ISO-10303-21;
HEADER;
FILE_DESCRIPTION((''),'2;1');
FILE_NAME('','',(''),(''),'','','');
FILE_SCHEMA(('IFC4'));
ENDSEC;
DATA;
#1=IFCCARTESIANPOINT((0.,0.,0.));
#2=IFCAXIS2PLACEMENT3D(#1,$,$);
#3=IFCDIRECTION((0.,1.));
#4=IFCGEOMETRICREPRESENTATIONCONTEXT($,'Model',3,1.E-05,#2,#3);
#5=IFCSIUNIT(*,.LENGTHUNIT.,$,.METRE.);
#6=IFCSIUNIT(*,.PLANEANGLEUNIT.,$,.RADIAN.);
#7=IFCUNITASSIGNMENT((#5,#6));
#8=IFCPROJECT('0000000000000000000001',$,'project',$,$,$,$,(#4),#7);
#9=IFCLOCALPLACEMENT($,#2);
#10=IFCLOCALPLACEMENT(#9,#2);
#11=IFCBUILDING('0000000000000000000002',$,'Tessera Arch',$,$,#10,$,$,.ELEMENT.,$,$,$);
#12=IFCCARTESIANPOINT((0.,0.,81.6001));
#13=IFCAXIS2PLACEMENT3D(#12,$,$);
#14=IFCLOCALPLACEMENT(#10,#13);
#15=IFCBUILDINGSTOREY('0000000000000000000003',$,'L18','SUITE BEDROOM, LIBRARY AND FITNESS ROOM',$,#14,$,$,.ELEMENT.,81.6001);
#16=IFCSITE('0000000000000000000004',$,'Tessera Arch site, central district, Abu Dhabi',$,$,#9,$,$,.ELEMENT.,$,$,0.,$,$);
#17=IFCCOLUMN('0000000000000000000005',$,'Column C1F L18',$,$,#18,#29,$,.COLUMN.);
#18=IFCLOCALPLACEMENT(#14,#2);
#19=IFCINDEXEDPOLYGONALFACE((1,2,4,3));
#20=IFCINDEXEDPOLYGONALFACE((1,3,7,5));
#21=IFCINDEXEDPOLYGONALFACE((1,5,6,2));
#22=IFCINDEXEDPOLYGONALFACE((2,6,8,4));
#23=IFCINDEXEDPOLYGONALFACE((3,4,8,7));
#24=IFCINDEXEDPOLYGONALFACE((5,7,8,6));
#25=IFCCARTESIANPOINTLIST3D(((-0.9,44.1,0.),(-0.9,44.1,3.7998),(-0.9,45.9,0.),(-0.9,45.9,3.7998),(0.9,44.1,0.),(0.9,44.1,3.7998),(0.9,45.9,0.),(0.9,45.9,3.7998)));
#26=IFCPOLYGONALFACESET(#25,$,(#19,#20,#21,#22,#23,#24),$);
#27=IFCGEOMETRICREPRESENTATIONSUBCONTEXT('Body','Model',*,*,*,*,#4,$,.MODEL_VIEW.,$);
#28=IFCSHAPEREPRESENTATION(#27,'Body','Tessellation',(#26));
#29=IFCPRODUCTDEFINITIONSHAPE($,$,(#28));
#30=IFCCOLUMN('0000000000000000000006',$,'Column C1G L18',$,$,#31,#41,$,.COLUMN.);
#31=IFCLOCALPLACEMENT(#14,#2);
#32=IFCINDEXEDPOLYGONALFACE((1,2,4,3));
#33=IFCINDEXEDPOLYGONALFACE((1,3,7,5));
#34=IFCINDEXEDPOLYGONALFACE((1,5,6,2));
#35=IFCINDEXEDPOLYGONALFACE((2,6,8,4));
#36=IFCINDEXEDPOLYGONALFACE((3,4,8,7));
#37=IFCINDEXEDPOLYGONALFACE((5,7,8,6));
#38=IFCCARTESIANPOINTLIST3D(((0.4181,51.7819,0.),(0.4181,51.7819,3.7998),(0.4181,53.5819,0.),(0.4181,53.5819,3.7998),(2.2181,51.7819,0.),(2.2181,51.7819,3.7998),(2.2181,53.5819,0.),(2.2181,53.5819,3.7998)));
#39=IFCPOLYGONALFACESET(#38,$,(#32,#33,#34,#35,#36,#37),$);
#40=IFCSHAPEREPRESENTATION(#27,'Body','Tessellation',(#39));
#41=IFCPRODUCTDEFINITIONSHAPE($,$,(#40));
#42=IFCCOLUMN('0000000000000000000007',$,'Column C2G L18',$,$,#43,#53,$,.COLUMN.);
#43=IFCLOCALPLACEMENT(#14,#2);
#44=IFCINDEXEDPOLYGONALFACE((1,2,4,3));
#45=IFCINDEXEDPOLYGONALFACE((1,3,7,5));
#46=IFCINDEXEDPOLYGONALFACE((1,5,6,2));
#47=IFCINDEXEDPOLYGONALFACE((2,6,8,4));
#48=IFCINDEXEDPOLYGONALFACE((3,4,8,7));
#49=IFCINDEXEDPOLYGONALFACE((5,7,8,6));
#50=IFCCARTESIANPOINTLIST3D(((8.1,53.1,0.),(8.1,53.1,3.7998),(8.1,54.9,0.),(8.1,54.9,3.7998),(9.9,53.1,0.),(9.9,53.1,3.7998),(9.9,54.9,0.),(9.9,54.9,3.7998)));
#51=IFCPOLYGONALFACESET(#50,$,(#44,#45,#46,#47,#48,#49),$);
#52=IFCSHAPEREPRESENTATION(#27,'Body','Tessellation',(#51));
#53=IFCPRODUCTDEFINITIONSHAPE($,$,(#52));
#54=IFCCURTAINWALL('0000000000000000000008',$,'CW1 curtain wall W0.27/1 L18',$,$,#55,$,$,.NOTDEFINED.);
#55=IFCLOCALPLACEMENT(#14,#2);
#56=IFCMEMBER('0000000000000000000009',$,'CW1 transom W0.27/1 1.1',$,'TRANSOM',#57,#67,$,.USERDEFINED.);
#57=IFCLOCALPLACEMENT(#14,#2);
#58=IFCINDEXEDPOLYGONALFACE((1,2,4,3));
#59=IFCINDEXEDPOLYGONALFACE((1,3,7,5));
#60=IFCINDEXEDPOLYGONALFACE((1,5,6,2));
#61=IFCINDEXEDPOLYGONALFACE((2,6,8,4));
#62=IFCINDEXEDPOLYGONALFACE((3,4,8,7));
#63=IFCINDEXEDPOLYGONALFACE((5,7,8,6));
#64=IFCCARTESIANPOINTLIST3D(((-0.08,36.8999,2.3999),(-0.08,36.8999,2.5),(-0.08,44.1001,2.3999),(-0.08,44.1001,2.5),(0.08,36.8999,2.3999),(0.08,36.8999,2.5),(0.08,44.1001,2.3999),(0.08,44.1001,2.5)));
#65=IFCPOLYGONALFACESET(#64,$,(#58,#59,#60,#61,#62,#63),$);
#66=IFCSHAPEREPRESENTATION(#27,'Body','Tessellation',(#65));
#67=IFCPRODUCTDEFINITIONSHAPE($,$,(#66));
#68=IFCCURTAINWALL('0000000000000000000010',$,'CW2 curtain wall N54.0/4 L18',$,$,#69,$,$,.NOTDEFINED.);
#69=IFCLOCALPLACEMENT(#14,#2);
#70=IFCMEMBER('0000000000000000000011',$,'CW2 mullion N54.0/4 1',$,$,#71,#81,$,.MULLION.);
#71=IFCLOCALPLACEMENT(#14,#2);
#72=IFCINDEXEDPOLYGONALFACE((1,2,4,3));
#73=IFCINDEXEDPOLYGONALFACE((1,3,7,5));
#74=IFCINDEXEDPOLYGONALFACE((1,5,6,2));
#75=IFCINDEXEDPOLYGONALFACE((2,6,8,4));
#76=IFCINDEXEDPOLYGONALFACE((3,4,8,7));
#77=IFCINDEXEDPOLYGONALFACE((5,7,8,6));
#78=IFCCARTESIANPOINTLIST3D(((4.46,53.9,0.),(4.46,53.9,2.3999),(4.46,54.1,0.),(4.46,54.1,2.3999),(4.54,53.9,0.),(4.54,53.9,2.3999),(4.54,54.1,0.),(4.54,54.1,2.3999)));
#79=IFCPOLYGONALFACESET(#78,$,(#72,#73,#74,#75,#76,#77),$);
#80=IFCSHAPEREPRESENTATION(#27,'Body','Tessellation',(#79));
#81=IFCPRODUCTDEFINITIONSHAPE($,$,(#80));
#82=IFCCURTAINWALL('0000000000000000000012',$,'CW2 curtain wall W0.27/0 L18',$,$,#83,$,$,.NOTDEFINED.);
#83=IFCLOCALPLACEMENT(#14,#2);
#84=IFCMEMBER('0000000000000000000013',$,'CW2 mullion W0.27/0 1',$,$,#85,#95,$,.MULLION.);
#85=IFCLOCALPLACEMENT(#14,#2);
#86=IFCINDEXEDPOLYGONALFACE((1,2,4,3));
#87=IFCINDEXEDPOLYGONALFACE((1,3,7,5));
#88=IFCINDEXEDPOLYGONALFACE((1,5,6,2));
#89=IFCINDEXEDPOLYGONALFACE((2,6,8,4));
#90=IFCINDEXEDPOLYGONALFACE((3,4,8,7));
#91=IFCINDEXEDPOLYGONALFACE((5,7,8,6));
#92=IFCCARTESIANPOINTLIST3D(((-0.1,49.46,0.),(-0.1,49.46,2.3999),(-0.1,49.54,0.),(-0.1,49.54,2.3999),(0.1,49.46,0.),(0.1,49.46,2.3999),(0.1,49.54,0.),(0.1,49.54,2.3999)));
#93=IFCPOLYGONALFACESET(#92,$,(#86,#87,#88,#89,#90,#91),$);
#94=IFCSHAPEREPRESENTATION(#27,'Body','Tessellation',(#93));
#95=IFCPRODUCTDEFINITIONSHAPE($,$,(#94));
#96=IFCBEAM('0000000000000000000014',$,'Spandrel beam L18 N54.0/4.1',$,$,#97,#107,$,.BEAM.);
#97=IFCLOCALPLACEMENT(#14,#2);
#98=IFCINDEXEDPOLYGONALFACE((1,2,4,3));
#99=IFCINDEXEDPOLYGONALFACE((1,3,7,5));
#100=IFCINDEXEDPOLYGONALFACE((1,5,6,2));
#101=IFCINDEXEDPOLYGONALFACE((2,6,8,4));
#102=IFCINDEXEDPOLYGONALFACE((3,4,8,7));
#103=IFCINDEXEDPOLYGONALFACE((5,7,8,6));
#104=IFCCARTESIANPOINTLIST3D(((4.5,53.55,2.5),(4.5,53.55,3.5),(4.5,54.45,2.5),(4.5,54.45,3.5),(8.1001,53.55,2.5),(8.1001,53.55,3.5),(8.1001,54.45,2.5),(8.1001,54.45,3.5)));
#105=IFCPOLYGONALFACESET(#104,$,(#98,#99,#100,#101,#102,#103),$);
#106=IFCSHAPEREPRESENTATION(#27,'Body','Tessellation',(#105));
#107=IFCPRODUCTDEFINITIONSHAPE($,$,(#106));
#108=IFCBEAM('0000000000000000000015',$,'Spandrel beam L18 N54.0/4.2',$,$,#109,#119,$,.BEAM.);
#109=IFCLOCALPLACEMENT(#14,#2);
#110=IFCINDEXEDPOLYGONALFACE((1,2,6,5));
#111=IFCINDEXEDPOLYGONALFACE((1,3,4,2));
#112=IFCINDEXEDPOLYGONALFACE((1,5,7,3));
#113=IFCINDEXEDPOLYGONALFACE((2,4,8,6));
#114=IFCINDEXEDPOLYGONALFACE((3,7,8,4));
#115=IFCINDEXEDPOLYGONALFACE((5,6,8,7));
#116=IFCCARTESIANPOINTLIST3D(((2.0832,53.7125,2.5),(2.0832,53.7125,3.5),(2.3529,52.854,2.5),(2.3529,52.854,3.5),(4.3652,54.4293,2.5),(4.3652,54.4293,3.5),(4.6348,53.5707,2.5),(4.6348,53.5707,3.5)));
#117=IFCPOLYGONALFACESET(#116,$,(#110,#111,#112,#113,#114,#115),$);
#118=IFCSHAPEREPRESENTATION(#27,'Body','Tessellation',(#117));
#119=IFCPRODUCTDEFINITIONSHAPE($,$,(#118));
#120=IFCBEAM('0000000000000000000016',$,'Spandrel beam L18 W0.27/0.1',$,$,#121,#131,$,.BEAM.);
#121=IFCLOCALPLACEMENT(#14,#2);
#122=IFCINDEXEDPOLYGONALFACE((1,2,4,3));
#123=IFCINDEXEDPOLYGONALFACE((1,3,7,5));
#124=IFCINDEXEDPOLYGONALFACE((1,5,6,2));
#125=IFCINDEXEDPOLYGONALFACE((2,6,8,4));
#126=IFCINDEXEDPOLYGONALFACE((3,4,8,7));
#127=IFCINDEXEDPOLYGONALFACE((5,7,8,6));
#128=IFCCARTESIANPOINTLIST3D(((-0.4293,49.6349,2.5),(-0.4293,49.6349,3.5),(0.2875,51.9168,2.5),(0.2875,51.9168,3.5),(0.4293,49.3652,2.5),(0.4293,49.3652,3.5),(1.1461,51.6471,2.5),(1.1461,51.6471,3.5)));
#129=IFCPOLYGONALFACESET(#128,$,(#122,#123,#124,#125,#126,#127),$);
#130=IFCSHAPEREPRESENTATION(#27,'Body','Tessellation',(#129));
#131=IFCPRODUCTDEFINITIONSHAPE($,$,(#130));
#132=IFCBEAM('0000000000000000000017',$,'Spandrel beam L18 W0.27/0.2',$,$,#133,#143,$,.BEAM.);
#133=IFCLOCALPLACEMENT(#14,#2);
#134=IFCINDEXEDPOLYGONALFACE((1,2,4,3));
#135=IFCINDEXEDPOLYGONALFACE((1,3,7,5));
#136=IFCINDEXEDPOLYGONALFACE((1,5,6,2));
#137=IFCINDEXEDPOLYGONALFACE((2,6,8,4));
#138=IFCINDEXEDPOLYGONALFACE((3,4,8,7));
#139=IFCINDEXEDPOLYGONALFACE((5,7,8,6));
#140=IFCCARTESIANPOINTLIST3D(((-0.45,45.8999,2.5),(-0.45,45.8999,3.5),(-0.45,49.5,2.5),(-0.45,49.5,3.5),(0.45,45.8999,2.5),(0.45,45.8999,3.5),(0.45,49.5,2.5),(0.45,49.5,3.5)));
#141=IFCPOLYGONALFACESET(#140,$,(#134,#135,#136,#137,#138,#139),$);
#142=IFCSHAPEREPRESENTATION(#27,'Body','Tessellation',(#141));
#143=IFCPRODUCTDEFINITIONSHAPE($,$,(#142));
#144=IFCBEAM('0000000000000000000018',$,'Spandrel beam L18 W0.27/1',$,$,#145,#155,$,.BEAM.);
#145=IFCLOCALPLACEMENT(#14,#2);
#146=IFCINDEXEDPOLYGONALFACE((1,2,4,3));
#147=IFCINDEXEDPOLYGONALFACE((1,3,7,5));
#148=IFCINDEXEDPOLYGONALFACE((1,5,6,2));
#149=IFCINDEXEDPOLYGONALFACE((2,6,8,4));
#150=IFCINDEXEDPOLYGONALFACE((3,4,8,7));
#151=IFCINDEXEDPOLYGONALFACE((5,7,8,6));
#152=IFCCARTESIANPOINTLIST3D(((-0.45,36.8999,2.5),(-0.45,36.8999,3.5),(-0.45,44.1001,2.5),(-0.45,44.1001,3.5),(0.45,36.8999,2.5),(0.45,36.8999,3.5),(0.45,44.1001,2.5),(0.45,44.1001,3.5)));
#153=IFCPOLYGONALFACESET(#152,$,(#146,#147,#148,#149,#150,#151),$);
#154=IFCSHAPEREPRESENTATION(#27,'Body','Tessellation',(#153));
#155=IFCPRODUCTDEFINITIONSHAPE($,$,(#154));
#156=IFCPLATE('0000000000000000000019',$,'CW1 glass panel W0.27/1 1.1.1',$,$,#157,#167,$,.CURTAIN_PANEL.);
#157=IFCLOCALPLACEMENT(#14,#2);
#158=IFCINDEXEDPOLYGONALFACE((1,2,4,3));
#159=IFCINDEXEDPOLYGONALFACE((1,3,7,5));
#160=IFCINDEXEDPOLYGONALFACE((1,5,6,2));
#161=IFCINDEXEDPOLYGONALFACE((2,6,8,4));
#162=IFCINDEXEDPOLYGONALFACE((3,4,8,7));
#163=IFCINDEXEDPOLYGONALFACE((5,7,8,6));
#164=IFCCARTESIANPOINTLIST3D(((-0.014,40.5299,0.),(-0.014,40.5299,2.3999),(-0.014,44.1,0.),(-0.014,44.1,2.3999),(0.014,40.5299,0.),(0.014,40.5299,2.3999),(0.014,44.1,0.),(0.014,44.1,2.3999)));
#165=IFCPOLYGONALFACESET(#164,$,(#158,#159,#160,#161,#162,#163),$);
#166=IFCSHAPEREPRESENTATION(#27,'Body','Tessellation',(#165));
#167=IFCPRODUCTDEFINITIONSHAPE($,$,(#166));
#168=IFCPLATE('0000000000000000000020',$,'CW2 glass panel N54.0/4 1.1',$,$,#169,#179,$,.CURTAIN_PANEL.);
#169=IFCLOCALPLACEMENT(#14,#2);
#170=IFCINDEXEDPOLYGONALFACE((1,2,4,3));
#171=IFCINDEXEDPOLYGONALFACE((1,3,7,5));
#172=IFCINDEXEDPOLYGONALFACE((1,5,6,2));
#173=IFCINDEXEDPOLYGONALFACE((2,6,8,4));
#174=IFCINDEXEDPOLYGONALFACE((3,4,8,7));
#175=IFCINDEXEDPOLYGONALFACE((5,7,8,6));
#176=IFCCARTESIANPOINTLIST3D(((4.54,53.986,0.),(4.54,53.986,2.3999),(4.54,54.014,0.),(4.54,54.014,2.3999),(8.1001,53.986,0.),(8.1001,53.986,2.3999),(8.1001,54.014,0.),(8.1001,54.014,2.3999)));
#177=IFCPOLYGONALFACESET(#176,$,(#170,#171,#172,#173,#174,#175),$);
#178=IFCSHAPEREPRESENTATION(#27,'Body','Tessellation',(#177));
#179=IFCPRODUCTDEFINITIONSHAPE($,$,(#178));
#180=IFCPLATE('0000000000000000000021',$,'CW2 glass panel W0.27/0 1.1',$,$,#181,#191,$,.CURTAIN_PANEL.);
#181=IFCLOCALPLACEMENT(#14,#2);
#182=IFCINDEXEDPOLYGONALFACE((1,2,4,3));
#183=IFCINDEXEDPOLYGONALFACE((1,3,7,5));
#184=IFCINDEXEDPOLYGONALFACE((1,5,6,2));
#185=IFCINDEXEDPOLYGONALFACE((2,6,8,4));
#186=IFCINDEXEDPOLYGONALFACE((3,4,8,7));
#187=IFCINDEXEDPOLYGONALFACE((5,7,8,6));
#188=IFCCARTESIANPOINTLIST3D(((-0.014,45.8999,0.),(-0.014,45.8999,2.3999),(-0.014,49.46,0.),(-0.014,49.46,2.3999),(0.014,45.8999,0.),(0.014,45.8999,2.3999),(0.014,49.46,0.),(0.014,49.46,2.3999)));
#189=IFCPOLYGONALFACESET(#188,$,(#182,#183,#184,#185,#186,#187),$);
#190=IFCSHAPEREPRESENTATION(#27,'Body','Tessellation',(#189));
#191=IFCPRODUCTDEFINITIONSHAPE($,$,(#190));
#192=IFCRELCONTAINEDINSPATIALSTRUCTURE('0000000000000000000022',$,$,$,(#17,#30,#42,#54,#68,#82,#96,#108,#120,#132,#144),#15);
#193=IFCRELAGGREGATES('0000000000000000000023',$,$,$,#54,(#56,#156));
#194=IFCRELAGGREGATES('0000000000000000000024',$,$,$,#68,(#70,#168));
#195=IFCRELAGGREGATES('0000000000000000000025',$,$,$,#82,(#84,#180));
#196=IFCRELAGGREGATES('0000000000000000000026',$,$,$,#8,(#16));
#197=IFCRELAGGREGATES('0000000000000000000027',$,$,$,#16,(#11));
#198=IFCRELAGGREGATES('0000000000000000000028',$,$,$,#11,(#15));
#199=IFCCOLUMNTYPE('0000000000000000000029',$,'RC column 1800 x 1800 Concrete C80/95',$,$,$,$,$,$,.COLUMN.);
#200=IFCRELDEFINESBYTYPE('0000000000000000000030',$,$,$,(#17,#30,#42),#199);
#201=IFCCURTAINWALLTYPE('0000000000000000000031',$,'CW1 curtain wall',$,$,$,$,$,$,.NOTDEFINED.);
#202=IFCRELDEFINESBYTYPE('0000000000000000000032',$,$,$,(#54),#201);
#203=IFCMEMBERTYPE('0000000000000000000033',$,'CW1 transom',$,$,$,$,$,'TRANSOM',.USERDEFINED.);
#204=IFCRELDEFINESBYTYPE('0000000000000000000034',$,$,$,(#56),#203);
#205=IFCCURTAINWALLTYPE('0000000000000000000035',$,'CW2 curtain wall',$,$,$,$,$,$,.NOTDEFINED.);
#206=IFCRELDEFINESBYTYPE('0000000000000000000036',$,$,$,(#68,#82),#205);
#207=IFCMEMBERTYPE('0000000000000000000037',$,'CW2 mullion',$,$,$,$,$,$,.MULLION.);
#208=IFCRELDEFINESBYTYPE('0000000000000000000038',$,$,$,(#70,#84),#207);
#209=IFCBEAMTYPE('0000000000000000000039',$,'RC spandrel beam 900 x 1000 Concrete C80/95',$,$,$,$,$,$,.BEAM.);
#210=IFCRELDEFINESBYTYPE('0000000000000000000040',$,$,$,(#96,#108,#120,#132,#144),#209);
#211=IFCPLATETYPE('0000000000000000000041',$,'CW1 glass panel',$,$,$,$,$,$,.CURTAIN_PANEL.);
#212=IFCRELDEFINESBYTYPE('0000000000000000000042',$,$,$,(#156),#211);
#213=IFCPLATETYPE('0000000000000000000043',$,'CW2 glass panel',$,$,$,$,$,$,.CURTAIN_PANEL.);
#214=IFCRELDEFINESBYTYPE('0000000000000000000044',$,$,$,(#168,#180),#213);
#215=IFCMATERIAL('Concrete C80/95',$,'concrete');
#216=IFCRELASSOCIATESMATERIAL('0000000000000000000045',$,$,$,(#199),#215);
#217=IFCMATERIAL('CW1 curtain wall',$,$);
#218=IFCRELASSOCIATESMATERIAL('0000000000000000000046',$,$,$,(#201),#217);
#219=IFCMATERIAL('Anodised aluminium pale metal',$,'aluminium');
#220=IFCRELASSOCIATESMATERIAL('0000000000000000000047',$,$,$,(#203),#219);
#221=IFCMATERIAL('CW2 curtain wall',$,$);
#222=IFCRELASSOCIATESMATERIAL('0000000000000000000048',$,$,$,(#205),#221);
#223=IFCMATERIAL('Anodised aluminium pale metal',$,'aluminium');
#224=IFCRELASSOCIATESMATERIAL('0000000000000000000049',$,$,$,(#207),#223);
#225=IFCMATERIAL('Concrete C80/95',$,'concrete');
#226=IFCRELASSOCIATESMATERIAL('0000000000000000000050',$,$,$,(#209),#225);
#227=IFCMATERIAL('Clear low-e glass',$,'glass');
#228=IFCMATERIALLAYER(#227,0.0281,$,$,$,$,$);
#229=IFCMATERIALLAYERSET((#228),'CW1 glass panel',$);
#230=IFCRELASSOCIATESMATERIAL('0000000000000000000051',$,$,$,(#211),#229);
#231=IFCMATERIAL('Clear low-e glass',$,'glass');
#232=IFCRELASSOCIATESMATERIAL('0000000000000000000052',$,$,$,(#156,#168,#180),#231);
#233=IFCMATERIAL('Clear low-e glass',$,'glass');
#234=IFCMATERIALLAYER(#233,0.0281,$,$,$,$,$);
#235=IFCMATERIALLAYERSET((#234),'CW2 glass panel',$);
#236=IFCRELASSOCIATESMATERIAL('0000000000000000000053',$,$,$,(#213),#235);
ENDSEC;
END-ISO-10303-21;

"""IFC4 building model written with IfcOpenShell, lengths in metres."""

from ifc_helpers import new_model, si_unit, direction, frame, origin, origin_2d, place, context, subcontext, project, spatial, rectangle, extrude, material, layer, layer_set, material_profile, profile_set, type_object, element, aggregate, save


model = new_model("IFC4")

# Units and contexts
model_context = context("Model", 3, precision=1e-05, world=origin(), true_north=direction((0.0, 1.0)))
body_context = subcontext(model_context, "Body", "Model", "MODEL_VIEW")
ifc_project = project(units=[si_unit("LENGTHUNIT", "METRE"), si_unit("PLANEANGLEUNIT", "RADIAN")], contexts=[model_context])

# Site, building, storey
site_placement = place(None, origin())
site = spatial("IfcSite", under=ifc_project, at=site_placement, Name="Tessera Arch site, central district, Abu Dhabi", CompositionType="ELEMENT", RefElevation=0.0)
building_placement = place(site_placement, origin())
building = spatial("IfcBuilding", under=site, at=building_placement, Name="Tessera Arch", CompositionType="ELEMENT")
storey_placement = place(building_placement, frame((0.0, 0.0, 81.6001)))
storey = spatial("IfcBuildingStorey", under=building, at=storey_placement, Name="L18", Description="SUITE BEDROOM, LIBRARY AND FITNESS ROOM", CompositionType="ELEMENT", Elevation=81.6001)

# Columns
ifc_material_1 = material(Name="Concrete C80/95", Category="concrete")
ifc_material_profile_1 = material_profile(ifc_material_1, rectangle(XDim=1.8, YDim=1.8, at=origin_2d()), Name="RC column 1800 x 1800 Concrete C80/95")
ifc_profile_set_1 = profile_set([ifc_material_profile_1], Name="Concrete C80/95")
column_type = type_object("IfcColumnType", Name="RC column 1800 x 1800 Concrete C80/95", PredefinedType="COLUMN", material=ifc_profile_set_1)
for number, where, z_axis, x_axis, name in (
    (1, (0.0, 45.0, 0.0), (0.0, 0.0, 1.0), (1.0, 0.0, 0.0), "Column C1F L18"),
    (2, (1.3181, 52.6819, 0.0), (0.0, 0.0, 1.0), (1.0, 0.0, 0.0), "Column C1G L18"),
    (3, (9.0, 54.0, 0.0), (0.0, 0.0, 1.0), (1.0, 0.0, 0.0), "Column C2G L18"),
):
    element("IfcColumn", number, at=place(storey_placement, frame(where, z_axis=z_axis, x_axis=x_axis)), inside=storey, type_object=column_type, Name=name, PredefinedType="COLUMN", context=body_context, shape_type="SweptSolid", body=[
        extrude(rectangle(XDim=1.8, YDim=1.8, at=origin_2d()), origin(), (0.0, 0.0, 1.0), 3.7998),
    ])

# Curtain walls, members
ifc_material_2 = material(Name="CW1 curtain wall")
curtain_wall_type_1 = type_object("IfcCurtainWallType", Name="CW1 curtain wall", PredefinedType="NOTDEFINED", material=ifc_material_2)
curtain_wall_1_placement = place(storey_placement, origin())
curtain_wall_1 = element("IfcCurtainWall", 4, at=curtain_wall_1_placement, inside=storey, type_object=curtain_wall_type_1, Name="CW1 curtain wall W0.27/1 L18", PredefinedType="NOTDEFINED")
ifc_material_3 = material(Name="Anodised aluminium pale metal", Category="aluminium")
ifc_material_profile_2 = material_profile(ifc_material_3, rectangle(XDim=0.1599, YDim=0.1001, at=origin_2d()), Name="AL 160x100")
ifc_profile_set_2 = profile_set([ifc_material_profile_2], Name="Anodised aluminium pale metal")
member_type_1 = type_object("IfcMemberType", Name="CW1 transom", ElementType="TRANSOM", PredefinedType="USERDEFINED", material=ifc_profile_set_2)
member_1_placement = place(storey_placement, frame((0.0, 44.1001, 2.45), z_axis=(0.0, -1.0, 0.0), x_axis=(1.0, 0.0, 0.0)))
member_1 = element("IfcMember", 5, at=member_1_placement, type_object=member_type_1, Name="CW1 transom W0.27/1 1.1", ObjectType="TRANSOM", PredefinedType="USERDEFINED", context=body_context, shape_type="SweptSolid", body=[
    extrude(rectangle(XDim=0.1599, YDim=0.1001, at=origin_2d()), origin(), (0.0, 0.0, 1.0), 7.2002),
])
ifc_material_4 = material(Name="CW2 curtain wall")
curtain_wall_type_2 = type_object("IfcCurtainWallType", Name="CW2 curtain wall", PredefinedType="NOTDEFINED", material=ifc_material_4)
curtain_wall_2_placement = place(storey_placement, origin())
curtain_wall_2 = element("IfcCurtainWall", 6, at=curtain_wall_2_placement, inside=storey, type_object=curtain_wall_type_2, Name="CW2 curtain wall N54.0/4 L18", PredefinedType="NOTDEFINED")
ifc_material_5 = material(Name="Anodised aluminium pale metal", Category="aluminium")
ifc_material_profile_3 = material_profile(ifc_material_5, rectangle(XDim=0.2, YDim=0.0801, at=origin_2d()), Name="AL 80x200")
ifc_profile_set_3 = profile_set([ifc_material_profile_3], Name="Anodised aluminium pale metal")
member_type_2 = type_object("IfcMemberType", Name="CW2 mullion", PredefinedType="MULLION", material=ifc_profile_set_3)
member_2_placement = place(storey_placement, frame((4.5, 54.0, 0.0), z_axis=(0.0, 0.0, 1.0), x_axis=(0.0, -1.0, 0.0)))
member_2 = element("IfcMember", 7, at=member_2_placement, type_object=member_type_2, Name="CW2 mullion N54.0/4 1", PredefinedType="MULLION", context=body_context, shape_type="SweptSolid", body=[
    extrude(rectangle(XDim=0.2, YDim=0.0801, at=origin_2d()), origin(), (0.0, 0.0, 1.0), 2.3999),
])
curtain_wall_3_placement = place(storey_placement, origin())
curtain_wall_3 = element("IfcCurtainWall", 8, at=curtain_wall_3_placement, inside=storey, type_object=curtain_wall_type_2, Name="CW2 curtain wall W0.27/0 L18", PredefinedType="NOTDEFINED")
member_3_placement = place(storey_placement, frame((0.0, 49.5, 0.0), z_axis=(0.0, 0.0, 1.0), x_axis=(1.0, 0.0, 0.0)))
member_3 = element("IfcMember", 9, at=member_3_placement, type_object=member_type_2, Name="CW2 mullion W0.27/0 1", PredefinedType="MULLION", context=body_context, shape_type="SweptSolid", body=[
    extrude(rectangle(XDim=0.2, YDim=0.0801, at=origin_2d()), origin(), (0.0, 0.0, 1.0), 2.3999),
])

# Beams
ifc_material_6 = material(Name="Concrete C80/95", Category="concrete")
ifc_material_profile_4 = material_profile(ifc_material_6, rectangle(XDim=0.8999, YDim=1.0, at=origin_2d()), Name="RC spandrel beam 900 x 1000 Concrete C80/95")
ifc_profile_set_4 = profile_set([ifc_material_profile_4], Name="Concrete C80/95")
beam_type = type_object("IfcBeamType", Name="RC spandrel beam 900 x 1000 Concrete C80/95", PredefinedType="BEAM", material=ifc_profile_set_4)
beam_1_placement = place(storey_placement, frame((8.1001, 54.0, 3.0), z_axis=(-1.0, 0.0, 0.0), x_axis=(0.0, -1.0, 0.0)))
element("IfcBeam", 10, at=beam_1_placement, inside=storey, type_object=beam_type, Name="Spandrel beam L18 N54.0/4.1", PredefinedType="BEAM", context=body_context, shape_type="SweptSolid", body=[
    extrude(rectangle(XDim=0.8999, YDim=1.0, at=origin_2d()), origin(), (0.0, 0.0, 1.0), 3.6001),
])
for number, where, z_axis, x_axis, name in (
    (11, (4.5, 54.0, 3.0), (-0.954041, -0.299675, 0.0), (0.299675, -0.954041, 0.0), "Spandrel beam L18 N54.0/4.2"),
    (12, (0.7168, 51.782, 3.0), (-0.299675, -0.954041, 0.0), (0.954041, -0.299675, 0.0), "Spandrel beam L18 W0.27/0.1"),
):
    element("IfcBeam", number, at=place(storey_placement, frame(where, z_axis=z_axis, x_axis=x_axis)), inside=storey, type_object=beam_type, Name=name, PredefinedType="BEAM", context=body_context, shape_type="SweptSolid", body=[
        extrude(rectangle(XDim=0.8999, YDim=1.0, at=origin_2d()), origin(), (0.0, 0.0, 1.0), 2.3918),
    ])
beam_2_placement = place(storey_placement, frame((0.0, 49.5, 3.0), z_axis=(0.0, -1.0, 0.0), x_axis=(1.0, 0.0, 0.0)))
element("IfcBeam", 13, at=beam_2_placement, inside=storey, type_object=beam_type, Name="Spandrel beam L18 W0.27/0.2", PredefinedType="BEAM", context=body_context, shape_type="SweptSolid", body=[
    extrude(rectangle(XDim=0.8999, YDim=1.0, at=origin_2d()), origin(), (0.0, 0.0, 1.0), 3.6001),
])
beam_3_placement = place(storey_placement, frame((0.0, 44.1001, 3.0), z_axis=(0.0, -1.0, 0.0), x_axis=(1.0, 0.0, 0.0)))
element("IfcBeam", 14, at=beam_3_placement, inside=storey, type_object=beam_type, Name="Spandrel beam L18 W0.27/1", PredefinedType="BEAM", context=body_context, shape_type="SweptSolid", body=[
    extrude(rectangle(XDim=0.8999, YDim=1.0, at=origin_2d()), origin(), (0.0, 0.0, 1.0), 7.2002),
])

# Plates
ifc_material_7 = material(Name="Clear low-e glass", Category="glass")
ifc_material_8 = material(Name="Clear low-e glass", Category="glass")
ifc_layer_1 = layer(ifc_material_8, 0.0281)
ifc_layer_set_1 = layer_set([ifc_layer_1], Name="CW1 glass panel")
plate_type_1 = type_object("IfcPlateType", Name="CW1 glass panel", PredefinedType="CURTAIN_PANEL", material=ifc_layer_set_1)
plate_1_placement = place(storey_placement, frame((0.0, 42.3149, 0.0), z_axis=(0.0, 0.0, 1.0), x_axis=(0.0, -1.0, 0.0)))
plate_1 = element("IfcPlate", 15, at=plate_1_placement, type_object=plate_type_1, material=ifc_material_7, Name="CW1 glass panel W0.27/1 1.1.1", PredefinedType="CURTAIN_PANEL", context=body_context, shape_type="SweptSolid", body=[
    extrude(rectangle(XDim=3.5701, YDim=0.0281, at=origin_2d()), origin(), (0.0, 0.0, 1.0), 2.3999),
])
aggregate(curtain_wall_1, [member_1, plate_1])
ifc_material_9 = material(Name="Clear low-e glass", Category="glass")
ifc_layer_2 = layer(ifc_material_9, 0.0281)
ifc_layer_set_2 = layer_set([ifc_layer_2], Name="CW2 glass panel")
plate_type_2 = type_object("IfcPlateType", Name="CW2 glass panel", PredefinedType="CURTAIN_PANEL", material=ifc_layer_set_2)
plate_2_placement = place(storey_placement, frame((6.3201, 54.0, 0.0), z_axis=(0.0, 0.0, 1.0), x_axis=(-1.0, 0.0, 0.0)))
plate_2 = element("IfcPlate", 16, at=plate_2_placement, type_object=plate_type_2, material=ifc_material_7, Name="CW2 glass panel N54.0/4 1.1", PredefinedType="CURTAIN_PANEL", context=body_context, shape_type="SweptSolid", body=[
    extrude(rectangle(XDim=3.5601, YDim=0.0281, at=origin_2d()), origin(), (0.0, 0.0, 1.0), 2.3999),
])
aggregate(curtain_wall_2, [member_2, plate_2])
plate_3_placement = place(storey_placement, frame((0.0, 47.6799, 0.0), z_axis=(0.0, 0.0, 1.0), x_axis=(0.0, -1.0, 0.0)))
plate_3 = element("IfcPlate", 17, at=plate_3_placement, type_object=plate_type_2, material=ifc_material_7, Name="CW2 glass panel W0.27/0 1.1", PredefinedType="CURTAIN_PANEL", context=body_context, shape_type="SweptSolid", body=[
    extrude(rectangle(XDim=3.5601, YDim=0.0281, at=origin_2d()), origin(), (0.0, 0.0, 1.0), 2.3999),
])
aggregate(curtain_wall_3, [member_3, plate_3])

save(model, "model.ifc")
